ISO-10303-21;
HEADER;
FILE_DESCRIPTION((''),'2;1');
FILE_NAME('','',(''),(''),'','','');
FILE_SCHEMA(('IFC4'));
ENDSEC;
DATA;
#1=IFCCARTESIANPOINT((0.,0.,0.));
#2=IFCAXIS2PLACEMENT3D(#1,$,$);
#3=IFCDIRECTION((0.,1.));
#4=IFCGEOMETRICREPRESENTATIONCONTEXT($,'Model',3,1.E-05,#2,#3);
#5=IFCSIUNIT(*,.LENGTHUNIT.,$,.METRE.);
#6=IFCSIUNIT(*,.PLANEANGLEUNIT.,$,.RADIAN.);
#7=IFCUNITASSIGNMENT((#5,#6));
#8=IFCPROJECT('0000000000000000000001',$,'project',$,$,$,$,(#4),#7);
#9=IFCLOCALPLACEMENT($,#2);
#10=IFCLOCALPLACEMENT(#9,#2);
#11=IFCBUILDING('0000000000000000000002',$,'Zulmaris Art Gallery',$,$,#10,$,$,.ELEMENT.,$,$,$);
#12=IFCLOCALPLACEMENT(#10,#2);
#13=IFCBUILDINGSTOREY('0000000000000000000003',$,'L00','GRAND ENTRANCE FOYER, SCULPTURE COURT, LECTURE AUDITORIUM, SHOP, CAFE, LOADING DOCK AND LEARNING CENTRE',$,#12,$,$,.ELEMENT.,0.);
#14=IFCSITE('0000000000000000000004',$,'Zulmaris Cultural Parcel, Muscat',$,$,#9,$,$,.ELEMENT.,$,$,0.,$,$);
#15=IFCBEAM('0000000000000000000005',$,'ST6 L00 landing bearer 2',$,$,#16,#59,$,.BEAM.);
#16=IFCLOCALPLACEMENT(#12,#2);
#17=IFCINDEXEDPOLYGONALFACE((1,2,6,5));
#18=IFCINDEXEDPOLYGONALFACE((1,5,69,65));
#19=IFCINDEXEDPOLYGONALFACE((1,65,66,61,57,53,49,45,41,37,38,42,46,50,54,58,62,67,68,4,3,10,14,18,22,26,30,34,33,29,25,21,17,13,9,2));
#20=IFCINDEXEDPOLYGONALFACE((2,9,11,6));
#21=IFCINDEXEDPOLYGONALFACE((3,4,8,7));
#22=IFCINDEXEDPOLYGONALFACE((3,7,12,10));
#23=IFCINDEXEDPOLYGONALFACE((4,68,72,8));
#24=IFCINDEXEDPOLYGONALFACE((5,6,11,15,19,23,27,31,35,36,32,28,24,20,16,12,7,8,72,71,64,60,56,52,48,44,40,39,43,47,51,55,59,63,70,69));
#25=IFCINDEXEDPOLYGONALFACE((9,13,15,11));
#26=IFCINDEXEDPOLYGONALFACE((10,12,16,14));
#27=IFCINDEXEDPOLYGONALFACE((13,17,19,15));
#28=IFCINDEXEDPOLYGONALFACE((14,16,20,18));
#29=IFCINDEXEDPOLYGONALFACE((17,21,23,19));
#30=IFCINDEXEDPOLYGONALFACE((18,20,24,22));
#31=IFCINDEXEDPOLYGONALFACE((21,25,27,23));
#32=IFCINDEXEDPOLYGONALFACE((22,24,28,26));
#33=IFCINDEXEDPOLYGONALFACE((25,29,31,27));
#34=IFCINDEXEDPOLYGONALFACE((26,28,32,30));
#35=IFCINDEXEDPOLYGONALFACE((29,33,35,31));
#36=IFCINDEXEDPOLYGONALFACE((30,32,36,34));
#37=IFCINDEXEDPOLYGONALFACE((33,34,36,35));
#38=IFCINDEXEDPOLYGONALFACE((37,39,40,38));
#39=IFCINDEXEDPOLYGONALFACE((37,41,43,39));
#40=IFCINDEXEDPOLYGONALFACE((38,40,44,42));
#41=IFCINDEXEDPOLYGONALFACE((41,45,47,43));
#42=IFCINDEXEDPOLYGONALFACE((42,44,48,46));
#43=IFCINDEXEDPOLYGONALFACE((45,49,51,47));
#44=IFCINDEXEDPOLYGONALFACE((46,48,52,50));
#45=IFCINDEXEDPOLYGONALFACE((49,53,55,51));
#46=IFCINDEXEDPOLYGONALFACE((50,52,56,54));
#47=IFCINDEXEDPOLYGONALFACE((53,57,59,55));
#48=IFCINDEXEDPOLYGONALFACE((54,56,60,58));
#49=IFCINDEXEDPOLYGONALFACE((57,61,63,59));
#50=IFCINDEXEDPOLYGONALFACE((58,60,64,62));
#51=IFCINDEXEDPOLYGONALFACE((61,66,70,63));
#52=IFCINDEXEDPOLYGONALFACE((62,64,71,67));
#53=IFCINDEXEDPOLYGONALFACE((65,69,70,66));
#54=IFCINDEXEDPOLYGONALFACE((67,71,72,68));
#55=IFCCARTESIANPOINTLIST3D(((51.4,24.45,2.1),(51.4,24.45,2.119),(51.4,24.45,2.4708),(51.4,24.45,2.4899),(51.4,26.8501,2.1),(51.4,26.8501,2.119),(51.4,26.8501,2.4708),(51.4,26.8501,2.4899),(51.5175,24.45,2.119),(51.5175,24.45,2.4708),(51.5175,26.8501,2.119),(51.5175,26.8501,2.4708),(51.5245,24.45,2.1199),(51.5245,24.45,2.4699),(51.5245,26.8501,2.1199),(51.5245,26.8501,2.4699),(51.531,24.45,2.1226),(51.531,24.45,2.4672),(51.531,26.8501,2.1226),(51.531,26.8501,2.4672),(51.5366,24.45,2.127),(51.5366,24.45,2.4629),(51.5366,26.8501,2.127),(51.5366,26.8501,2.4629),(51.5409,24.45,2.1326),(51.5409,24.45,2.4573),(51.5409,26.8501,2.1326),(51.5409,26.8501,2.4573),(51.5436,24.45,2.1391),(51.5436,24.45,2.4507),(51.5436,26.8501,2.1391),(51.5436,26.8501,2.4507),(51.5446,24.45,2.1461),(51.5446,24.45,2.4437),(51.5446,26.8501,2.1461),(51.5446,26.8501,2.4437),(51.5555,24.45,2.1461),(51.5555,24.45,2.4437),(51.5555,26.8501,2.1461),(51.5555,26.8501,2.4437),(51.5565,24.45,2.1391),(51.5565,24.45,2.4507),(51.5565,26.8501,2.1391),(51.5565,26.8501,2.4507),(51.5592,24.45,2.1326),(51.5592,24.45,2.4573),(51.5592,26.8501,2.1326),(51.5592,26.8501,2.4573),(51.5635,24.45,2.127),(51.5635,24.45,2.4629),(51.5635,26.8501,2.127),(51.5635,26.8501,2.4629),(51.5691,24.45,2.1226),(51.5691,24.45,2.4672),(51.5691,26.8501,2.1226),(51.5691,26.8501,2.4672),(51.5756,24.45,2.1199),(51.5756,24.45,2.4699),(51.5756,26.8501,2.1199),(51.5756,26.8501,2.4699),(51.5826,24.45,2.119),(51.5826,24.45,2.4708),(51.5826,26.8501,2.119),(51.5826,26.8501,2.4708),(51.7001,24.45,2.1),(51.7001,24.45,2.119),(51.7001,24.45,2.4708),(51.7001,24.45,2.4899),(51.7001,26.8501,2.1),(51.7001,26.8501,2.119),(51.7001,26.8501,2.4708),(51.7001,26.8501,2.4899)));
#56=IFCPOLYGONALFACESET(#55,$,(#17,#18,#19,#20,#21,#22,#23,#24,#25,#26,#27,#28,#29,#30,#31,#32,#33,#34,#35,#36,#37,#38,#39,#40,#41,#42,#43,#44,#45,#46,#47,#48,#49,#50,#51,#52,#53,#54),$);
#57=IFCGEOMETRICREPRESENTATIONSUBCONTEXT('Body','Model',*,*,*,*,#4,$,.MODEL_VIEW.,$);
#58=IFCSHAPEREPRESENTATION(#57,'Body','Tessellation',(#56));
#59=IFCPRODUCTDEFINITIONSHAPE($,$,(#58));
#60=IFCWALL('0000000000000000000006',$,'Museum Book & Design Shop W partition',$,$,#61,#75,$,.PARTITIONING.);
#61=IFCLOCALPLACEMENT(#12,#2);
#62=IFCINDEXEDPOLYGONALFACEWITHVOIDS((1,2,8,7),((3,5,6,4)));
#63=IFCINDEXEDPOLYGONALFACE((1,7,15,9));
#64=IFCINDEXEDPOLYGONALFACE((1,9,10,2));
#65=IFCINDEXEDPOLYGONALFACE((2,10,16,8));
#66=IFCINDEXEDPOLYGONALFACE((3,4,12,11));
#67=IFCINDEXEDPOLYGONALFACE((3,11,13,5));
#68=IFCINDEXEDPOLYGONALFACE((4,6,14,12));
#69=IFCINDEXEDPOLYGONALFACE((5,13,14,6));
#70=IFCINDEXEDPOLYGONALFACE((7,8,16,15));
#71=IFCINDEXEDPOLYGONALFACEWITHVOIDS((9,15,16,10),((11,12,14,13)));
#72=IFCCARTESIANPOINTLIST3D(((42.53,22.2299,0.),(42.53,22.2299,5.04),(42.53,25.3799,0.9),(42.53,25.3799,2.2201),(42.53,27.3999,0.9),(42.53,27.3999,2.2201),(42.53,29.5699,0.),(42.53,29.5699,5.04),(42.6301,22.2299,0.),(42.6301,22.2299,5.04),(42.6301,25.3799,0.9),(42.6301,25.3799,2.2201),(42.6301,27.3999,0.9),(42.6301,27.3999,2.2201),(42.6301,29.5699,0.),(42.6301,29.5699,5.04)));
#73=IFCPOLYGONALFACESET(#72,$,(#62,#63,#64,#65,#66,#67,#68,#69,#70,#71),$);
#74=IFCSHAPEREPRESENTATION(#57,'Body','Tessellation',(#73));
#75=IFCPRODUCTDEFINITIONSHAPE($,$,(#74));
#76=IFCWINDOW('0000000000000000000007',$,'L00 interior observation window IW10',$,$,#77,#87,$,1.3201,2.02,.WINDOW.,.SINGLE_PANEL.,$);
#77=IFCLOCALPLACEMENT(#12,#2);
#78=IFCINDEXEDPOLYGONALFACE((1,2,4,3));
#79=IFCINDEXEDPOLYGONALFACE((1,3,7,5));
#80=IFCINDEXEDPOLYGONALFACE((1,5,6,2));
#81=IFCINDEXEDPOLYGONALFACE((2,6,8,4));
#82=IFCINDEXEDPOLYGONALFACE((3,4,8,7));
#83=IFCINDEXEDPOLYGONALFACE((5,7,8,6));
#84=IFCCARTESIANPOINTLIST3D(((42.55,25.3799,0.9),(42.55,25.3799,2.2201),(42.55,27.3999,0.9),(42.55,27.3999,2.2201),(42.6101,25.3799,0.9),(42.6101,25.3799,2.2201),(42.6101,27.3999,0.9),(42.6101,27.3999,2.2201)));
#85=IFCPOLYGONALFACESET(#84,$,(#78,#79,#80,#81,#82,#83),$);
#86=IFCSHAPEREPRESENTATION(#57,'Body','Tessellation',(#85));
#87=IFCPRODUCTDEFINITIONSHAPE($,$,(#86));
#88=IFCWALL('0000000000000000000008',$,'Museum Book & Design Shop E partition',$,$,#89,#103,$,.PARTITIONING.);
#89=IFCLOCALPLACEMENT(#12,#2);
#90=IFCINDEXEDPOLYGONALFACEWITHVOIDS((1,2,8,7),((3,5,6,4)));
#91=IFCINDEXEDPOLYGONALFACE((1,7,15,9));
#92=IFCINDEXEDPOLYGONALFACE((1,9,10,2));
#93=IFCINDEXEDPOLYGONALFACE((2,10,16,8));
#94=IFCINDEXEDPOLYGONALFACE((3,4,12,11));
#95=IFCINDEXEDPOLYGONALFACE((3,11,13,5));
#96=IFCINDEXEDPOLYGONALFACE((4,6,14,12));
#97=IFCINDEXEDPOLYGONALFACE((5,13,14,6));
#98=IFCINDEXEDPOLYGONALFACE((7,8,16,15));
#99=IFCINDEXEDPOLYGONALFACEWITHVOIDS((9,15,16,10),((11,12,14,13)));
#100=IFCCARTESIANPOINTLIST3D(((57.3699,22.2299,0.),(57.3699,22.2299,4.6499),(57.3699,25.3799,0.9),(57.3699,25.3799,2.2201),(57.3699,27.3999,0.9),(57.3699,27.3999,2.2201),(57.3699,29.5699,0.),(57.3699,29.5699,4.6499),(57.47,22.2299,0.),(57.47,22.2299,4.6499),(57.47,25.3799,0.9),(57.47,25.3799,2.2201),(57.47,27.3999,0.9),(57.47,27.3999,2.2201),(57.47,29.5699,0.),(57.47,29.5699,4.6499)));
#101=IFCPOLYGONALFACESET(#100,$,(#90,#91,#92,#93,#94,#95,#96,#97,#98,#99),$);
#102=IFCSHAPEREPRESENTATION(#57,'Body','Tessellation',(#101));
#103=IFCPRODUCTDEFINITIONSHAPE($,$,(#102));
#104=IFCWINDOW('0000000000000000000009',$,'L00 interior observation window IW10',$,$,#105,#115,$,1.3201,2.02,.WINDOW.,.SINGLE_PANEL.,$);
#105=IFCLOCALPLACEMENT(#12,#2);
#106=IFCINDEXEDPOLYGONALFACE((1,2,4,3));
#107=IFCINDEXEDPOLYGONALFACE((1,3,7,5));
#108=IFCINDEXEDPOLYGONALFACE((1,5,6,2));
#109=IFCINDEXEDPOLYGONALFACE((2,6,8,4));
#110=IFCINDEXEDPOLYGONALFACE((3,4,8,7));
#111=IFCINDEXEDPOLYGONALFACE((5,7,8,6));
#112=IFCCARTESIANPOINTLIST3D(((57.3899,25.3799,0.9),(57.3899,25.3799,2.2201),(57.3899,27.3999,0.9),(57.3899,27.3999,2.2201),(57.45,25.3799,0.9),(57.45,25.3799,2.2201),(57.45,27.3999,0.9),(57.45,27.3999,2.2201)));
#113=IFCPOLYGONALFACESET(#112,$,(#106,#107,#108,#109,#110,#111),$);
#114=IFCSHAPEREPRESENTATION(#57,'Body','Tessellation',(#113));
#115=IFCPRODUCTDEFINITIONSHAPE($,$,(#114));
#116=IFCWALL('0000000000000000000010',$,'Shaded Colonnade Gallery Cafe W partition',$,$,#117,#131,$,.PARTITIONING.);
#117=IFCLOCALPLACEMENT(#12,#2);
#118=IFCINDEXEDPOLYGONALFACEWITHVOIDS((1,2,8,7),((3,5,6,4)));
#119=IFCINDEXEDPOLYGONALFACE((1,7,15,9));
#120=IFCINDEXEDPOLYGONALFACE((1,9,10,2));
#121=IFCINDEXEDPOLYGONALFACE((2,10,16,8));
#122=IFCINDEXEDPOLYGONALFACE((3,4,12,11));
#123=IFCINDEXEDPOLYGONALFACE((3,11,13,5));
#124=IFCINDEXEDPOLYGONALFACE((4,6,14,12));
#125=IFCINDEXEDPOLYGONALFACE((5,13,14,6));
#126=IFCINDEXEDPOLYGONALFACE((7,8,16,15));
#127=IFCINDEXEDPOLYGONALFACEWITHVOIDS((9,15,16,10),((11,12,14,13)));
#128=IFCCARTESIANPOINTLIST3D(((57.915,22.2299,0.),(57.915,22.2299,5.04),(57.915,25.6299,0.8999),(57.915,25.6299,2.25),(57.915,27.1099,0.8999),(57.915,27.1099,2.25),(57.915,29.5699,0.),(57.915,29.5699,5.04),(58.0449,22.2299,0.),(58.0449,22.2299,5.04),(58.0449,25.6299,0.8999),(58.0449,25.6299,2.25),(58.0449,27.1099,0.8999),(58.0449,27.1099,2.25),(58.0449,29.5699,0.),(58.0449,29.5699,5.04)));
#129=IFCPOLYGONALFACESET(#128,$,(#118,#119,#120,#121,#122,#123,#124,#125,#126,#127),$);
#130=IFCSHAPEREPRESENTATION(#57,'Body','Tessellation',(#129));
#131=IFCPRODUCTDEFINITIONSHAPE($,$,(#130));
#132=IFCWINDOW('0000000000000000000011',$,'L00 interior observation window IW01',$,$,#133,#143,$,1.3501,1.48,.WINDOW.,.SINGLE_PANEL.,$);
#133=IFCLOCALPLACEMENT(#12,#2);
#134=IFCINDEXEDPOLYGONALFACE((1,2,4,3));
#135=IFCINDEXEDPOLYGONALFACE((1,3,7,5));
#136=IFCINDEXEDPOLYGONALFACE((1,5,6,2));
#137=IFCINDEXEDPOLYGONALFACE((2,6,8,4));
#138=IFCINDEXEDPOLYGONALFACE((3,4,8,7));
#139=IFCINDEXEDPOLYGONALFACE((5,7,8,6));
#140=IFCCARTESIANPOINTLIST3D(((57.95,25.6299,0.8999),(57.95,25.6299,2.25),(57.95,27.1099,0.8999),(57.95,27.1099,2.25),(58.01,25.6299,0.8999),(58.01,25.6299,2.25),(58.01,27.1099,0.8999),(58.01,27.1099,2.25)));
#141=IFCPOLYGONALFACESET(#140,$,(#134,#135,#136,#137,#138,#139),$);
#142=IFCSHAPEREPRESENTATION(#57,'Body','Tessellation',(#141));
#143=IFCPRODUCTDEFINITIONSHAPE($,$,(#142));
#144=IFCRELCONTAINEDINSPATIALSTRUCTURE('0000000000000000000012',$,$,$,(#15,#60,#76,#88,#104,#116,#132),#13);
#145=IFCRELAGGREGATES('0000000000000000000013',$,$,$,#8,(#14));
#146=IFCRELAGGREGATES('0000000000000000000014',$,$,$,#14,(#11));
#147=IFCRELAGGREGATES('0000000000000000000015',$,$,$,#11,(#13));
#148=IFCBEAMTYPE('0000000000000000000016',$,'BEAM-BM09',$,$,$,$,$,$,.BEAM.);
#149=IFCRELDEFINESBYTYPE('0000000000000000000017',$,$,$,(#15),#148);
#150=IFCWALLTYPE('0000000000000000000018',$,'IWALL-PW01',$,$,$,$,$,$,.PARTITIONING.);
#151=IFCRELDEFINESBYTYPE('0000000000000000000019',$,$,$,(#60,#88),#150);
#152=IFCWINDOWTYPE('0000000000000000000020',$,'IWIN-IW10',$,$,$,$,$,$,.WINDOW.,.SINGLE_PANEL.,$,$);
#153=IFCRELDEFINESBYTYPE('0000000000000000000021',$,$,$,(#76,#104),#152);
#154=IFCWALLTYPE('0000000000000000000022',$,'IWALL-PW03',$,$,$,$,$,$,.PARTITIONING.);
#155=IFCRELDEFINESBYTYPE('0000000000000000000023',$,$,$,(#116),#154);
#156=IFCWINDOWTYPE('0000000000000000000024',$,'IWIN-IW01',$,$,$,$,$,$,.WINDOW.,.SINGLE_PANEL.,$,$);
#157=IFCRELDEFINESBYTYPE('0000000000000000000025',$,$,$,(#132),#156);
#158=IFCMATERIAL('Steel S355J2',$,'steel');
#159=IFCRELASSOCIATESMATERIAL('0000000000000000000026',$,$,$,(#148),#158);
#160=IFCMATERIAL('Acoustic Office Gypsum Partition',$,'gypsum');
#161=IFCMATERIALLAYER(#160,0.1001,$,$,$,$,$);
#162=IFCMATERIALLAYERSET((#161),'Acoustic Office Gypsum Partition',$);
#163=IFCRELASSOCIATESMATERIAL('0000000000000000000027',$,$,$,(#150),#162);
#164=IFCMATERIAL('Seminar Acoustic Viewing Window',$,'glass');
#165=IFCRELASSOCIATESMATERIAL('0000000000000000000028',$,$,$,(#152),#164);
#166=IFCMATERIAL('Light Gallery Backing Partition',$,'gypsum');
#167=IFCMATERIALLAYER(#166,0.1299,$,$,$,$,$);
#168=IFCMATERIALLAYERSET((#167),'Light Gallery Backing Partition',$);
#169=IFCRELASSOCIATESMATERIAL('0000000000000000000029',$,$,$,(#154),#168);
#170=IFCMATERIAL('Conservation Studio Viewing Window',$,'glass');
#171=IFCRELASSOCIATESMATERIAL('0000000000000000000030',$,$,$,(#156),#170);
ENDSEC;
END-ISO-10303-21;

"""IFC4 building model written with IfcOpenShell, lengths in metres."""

from ifc_helpers import new_model, si_unit, direction, frame, frame_2d, origin, origin_2d, place, context, subcontext, project, spatial, rectangle, i_section, extrude, material, layer, layer_set, material_profile, profile_set, type_object, element, fill, save


model = new_model("IFC4")

# Units and contexts
model_context = context("Model", 3, precision=1e-05, world=origin(), true_north=direction((0.0, 1.0)))
body_context = subcontext(model_context, "Body", "Model", "MODEL_VIEW")
ifc_project = project(units=[si_unit("LENGTHUNIT", "METRE"), si_unit("PLANEANGLEUNIT", "RADIAN")], contexts=[model_context])

# Site, building, storey
site_placement = place(None, origin())
site = spatial("IfcSite", under=ifc_project, at=site_placement, Name="Zulmaris Cultural Parcel, Muscat", CompositionType="ELEMENT", RefElevation=0.0)
building_placement = place(site_placement, origin())
building = spatial("IfcBuilding", under=site, at=building_placement, Name="Zulmaris Art Gallery", CompositionType="ELEMENT")
storey_placement = place(building_placement, origin())
storey = spatial("IfcBuildingStorey", under=building, at=storey_placement, Name="L00", Description="GRAND ENTRANCE FOYER, SCULPTURE COURT, LECTURE AUDITORIUM, SHOP, CAFE, LOADING DOCK AND LEARNING CENTRE", CompositionType="ELEMENT", Elevation=0.0)

# Beam
ifc_material_1 = material(Name="Steel S355J2", Category="steel")
ifc_material_profile_1 = material_profile(ifc_material_1, i_section(OverallWidth=0.3, OverallDepth=0.3899, WebThickness=0.011, FlangeThickness=0.019, FilletRadius=0.0271, at=origin_2d()), Name="HEA 400")
ifc_profile_set_1 = profile_set([ifc_material_profile_1], Name="Steel S355J2")
beam_type = type_object("IfcBeamType", Name="BEAM-BM09", PredefinedType="BEAM", material=ifc_profile_set_1)
for number, where, z_axis, x_axis, name in (
    (1, (51.55, 24.45, 2.2949), (0.0, 1.0, 0.0), (-1.0, 0.0, 0.0), "ST6 L00 landing bearer 2"),
):
    element("IfcBeam", number, at=place(storey_placement, frame(where, z_axis=z_axis, x_axis=x_axis)), inside=storey, type_object=beam_type, Name=name, PredefinedType="BEAM", context=body_context, shape_type="SweptSolid", body=[
        extrude(i_section(OverallWidth=0.3, OverallDepth=0.3899, WebThickness=0.011, FlangeThickness=0.019, FilletRadius=0.0271, at=origin_2d()), origin(), (0.0, 0.0, 1.0), 2.4001),
    ])

# Walls, openings, windows
ifc_material_2 = material(Name="Acoustic Office Gypsum Partition", Category="gypsum")
ifc_layer_1 = layer(ifc_material_2, 0.1001)
ifc_layer_set_1 = layer_set([ifc_layer_1], Name="Acoustic Office Gypsum Partition")
wall_type_1 = type_object("IfcWallType", Name="IWALL-PW01", PredefinedType="PARTITIONING", material=ifc_layer_set_1)
wall_1_placement = place(storey_placement, frame((42.5801, 22.23, 0.0), z_axis=(0.0, 0.0, 1.0), x_axis=(0.0, 1.0, 0.0)))
wall_1 = element("IfcWall", 2, at=wall_1_placement, inside=storey, type_object=wall_type_1, Name="Museum Book & Design Shop W partition", PredefinedType="PARTITIONING", context=body_context, shape_type="SweptSolid", body=[
    extrude(rectangle(XDim=7.3401, YDim=0.1001, at=frame_2d((3.6699, 0.0))), origin(), (0.0, 0.0, 1.0), 5.04),
])
opening_1_placement = place(wall_1_placement, frame((3.1499, 0.0, 0.8999)))
opening_1 = element("IfcOpeningElement", 3, at=opening_1_placement, cuts=wall_1, PredefinedType="OPENING", context=body_context, shape_type="SweptSolid", body=[
    extrude(rectangle(XDim=2.02, YDim=1.3201, at=frame_2d((1.01, 0.6602))), frame((0.0, 0.0601, 0.0), z_axis=(0.0, -1.0, 0.0), x_axis=(1.0, 0.0, 0.0)), (0.0, 0.0, 1.0), 0.1201),
])
ifc_material_3 = material(Name="Seminar Acoustic Viewing Window", Category="glass")
window_type_1 = type_object("IfcWindowType", Name="IWIN-IW10", PartitioningType="SINGLE_PANEL", PredefinedType="WINDOW", material=ifc_material_3)
window_1_placement = place(opening_1_placement, origin())
window_1 = element("IfcWindow", 4, at=window_1_placement, inside=storey, type_object=window_type_1, Name="L00 interior observation window IW10", OverallHeight=1.3201, OverallWidth=2.02, PartitioningType="SINGLE_PANEL", PredefinedType="WINDOW", context=body_context, shape_type="SweptSolid", body=[
    extrude(rectangle(XDim=2.02, YDim=1.3201, at=frame_2d((1.01, 0.6602))), frame((0.0, 0.03, 0.0), z_axis=(0.0, -1.0, 0.0), x_axis=(1.0, 0.0, 0.0)), (0.0, 0.0, 1.0), 0.0601),
])
fill(opening_1, window_1)
wall_2_placement = place(storey_placement, frame((57.4199, 22.23, 0.0), z_axis=(0.0, 0.0, 1.0), x_axis=(0.0, 1.0, 0.0)))
wall_2 = element("IfcWall", 5, at=wall_2_placement, inside=storey, type_object=wall_type_1, Name="Museum Book & Design Shop E partition", PredefinedType="PARTITIONING", context=body_context, shape_type="SweptSolid", body=[
    extrude(rectangle(XDim=7.3401, YDim=0.1001, at=frame_2d((3.6699, 0.0))), origin(), (0.0, 0.0, 1.0), 4.6499),
])
opening_2_placement = place(wall_2_placement, frame((3.1499, 0.0, 0.8999)))
opening_2 = element("IfcOpeningElement", 6, at=opening_2_placement, cuts=wall_2, PredefinedType="OPENING", context=body_context, shape_type="SweptSolid", body=[
    extrude(rectangle(XDim=2.02, YDim=1.3201, at=frame_2d((1.01, 0.6602))), frame((0.0, 0.0601, 0.0), z_axis=(0.0, -1.0, 0.0), x_axis=(1.0, 0.0, 0.0)), (0.0, 0.0, 1.0), 0.1201),
])
window_2_placement = place(opening_2_placement, origin())
window_2 = element("IfcWindow", 7, at=window_2_placement, inside=storey, type_object=window_type_1, Name="L00 interior observation window IW10", OverallHeight=1.3201, OverallWidth=2.02, PartitioningType="SINGLE_PANEL", PredefinedType="WINDOW", context=body_context, shape_type="SweptSolid", body=[
    extrude(rectangle(XDim=2.02, YDim=1.3201, at=frame_2d((1.01, 0.6602))), frame((0.0, 0.03, 0.0), z_axis=(0.0, -1.0, 0.0), x_axis=(1.0, 0.0, 0.0)), (0.0, 0.0, 1.0), 0.0601),
])
fill(opening_2, window_2)
ifc_material_4 = material(Name="Light Gallery Backing Partition", Category="gypsum")
ifc_layer_2 = layer(ifc_material_4, 0.1299)
ifc_layer_set_2 = layer_set([ifc_layer_2], Name="Light Gallery Backing Partition")
wall_type_2 = type_object("IfcWallType", Name="IWALL-PW03", PredefinedType="PARTITIONING", material=ifc_layer_set_2)
wall_3_placement = place(storey_placement, frame((57.98, 22.23, 0.0), z_axis=(0.0, 0.0, 1.0), x_axis=(0.0, 1.0, 0.0)))
wall_3 = element("IfcWall", 8, at=wall_3_placement, inside=storey, type_object=wall_type_2, Name="Shaded Colonnade Gallery Cafe W partition", PredefinedType="PARTITIONING", context=body_context, shape_type="SweptSolid", body=[
    extrude(rectangle(XDim=7.3401, YDim=0.1299, at=frame_2d((3.6699, 0.0))), origin(), (0.0, 0.0, 1.0), 5.04),
])
opening_3_placement = place(wall_3_placement, frame((3.3999, 0.0, 0.8999)))
opening_3 = element("IfcOpeningElement", 9, at=opening_3_placement, cuts=wall_3, PredefinedType="OPENING", context=body_context, shape_type="SweptSolid", body=[
    extrude(rectangle(XDim=1.48, YDim=1.3501, at=frame_2d((0.74, 0.675))), frame((0.0, 0.075, 0.0), z_axis=(0.0, -1.0, 0.0), x_axis=(1.0, 0.0, 0.0)), (0.0, 0.0, 1.0), 0.1499),
])
ifc_material_5 = material(Name="Conservation Studio Viewing Window", Category="glass")
window_type_2 = type_object("IfcWindowType", Name="IWIN-IW01", PartitioningType="SINGLE_PANEL", PredefinedType="WINDOW", material=ifc_material_5)
window_3_placement = place(opening_3_placement, origin())
window_3 = element("IfcWindow", 10, at=window_3_placement, inside=storey, type_object=window_type_2, Name="L00 interior observation window IW01", OverallHeight=1.3501, OverallWidth=1.48, PartitioningType="SINGLE_PANEL", PredefinedType="WINDOW", context=body_context, shape_type="SweptSolid", body=[
    extrude(rectangle(XDim=1.48, YDim=1.3501, at=frame_2d((0.74, 0.675))), frame((0.0, 0.03, 0.0), z_axis=(0.0, -1.0, 0.0), x_axis=(1.0, 0.0, 0.0)), (0.0, 0.0, 1.0), 0.0601),
])
fill(opening_3, window_3)

save(model, "model.ifc")
